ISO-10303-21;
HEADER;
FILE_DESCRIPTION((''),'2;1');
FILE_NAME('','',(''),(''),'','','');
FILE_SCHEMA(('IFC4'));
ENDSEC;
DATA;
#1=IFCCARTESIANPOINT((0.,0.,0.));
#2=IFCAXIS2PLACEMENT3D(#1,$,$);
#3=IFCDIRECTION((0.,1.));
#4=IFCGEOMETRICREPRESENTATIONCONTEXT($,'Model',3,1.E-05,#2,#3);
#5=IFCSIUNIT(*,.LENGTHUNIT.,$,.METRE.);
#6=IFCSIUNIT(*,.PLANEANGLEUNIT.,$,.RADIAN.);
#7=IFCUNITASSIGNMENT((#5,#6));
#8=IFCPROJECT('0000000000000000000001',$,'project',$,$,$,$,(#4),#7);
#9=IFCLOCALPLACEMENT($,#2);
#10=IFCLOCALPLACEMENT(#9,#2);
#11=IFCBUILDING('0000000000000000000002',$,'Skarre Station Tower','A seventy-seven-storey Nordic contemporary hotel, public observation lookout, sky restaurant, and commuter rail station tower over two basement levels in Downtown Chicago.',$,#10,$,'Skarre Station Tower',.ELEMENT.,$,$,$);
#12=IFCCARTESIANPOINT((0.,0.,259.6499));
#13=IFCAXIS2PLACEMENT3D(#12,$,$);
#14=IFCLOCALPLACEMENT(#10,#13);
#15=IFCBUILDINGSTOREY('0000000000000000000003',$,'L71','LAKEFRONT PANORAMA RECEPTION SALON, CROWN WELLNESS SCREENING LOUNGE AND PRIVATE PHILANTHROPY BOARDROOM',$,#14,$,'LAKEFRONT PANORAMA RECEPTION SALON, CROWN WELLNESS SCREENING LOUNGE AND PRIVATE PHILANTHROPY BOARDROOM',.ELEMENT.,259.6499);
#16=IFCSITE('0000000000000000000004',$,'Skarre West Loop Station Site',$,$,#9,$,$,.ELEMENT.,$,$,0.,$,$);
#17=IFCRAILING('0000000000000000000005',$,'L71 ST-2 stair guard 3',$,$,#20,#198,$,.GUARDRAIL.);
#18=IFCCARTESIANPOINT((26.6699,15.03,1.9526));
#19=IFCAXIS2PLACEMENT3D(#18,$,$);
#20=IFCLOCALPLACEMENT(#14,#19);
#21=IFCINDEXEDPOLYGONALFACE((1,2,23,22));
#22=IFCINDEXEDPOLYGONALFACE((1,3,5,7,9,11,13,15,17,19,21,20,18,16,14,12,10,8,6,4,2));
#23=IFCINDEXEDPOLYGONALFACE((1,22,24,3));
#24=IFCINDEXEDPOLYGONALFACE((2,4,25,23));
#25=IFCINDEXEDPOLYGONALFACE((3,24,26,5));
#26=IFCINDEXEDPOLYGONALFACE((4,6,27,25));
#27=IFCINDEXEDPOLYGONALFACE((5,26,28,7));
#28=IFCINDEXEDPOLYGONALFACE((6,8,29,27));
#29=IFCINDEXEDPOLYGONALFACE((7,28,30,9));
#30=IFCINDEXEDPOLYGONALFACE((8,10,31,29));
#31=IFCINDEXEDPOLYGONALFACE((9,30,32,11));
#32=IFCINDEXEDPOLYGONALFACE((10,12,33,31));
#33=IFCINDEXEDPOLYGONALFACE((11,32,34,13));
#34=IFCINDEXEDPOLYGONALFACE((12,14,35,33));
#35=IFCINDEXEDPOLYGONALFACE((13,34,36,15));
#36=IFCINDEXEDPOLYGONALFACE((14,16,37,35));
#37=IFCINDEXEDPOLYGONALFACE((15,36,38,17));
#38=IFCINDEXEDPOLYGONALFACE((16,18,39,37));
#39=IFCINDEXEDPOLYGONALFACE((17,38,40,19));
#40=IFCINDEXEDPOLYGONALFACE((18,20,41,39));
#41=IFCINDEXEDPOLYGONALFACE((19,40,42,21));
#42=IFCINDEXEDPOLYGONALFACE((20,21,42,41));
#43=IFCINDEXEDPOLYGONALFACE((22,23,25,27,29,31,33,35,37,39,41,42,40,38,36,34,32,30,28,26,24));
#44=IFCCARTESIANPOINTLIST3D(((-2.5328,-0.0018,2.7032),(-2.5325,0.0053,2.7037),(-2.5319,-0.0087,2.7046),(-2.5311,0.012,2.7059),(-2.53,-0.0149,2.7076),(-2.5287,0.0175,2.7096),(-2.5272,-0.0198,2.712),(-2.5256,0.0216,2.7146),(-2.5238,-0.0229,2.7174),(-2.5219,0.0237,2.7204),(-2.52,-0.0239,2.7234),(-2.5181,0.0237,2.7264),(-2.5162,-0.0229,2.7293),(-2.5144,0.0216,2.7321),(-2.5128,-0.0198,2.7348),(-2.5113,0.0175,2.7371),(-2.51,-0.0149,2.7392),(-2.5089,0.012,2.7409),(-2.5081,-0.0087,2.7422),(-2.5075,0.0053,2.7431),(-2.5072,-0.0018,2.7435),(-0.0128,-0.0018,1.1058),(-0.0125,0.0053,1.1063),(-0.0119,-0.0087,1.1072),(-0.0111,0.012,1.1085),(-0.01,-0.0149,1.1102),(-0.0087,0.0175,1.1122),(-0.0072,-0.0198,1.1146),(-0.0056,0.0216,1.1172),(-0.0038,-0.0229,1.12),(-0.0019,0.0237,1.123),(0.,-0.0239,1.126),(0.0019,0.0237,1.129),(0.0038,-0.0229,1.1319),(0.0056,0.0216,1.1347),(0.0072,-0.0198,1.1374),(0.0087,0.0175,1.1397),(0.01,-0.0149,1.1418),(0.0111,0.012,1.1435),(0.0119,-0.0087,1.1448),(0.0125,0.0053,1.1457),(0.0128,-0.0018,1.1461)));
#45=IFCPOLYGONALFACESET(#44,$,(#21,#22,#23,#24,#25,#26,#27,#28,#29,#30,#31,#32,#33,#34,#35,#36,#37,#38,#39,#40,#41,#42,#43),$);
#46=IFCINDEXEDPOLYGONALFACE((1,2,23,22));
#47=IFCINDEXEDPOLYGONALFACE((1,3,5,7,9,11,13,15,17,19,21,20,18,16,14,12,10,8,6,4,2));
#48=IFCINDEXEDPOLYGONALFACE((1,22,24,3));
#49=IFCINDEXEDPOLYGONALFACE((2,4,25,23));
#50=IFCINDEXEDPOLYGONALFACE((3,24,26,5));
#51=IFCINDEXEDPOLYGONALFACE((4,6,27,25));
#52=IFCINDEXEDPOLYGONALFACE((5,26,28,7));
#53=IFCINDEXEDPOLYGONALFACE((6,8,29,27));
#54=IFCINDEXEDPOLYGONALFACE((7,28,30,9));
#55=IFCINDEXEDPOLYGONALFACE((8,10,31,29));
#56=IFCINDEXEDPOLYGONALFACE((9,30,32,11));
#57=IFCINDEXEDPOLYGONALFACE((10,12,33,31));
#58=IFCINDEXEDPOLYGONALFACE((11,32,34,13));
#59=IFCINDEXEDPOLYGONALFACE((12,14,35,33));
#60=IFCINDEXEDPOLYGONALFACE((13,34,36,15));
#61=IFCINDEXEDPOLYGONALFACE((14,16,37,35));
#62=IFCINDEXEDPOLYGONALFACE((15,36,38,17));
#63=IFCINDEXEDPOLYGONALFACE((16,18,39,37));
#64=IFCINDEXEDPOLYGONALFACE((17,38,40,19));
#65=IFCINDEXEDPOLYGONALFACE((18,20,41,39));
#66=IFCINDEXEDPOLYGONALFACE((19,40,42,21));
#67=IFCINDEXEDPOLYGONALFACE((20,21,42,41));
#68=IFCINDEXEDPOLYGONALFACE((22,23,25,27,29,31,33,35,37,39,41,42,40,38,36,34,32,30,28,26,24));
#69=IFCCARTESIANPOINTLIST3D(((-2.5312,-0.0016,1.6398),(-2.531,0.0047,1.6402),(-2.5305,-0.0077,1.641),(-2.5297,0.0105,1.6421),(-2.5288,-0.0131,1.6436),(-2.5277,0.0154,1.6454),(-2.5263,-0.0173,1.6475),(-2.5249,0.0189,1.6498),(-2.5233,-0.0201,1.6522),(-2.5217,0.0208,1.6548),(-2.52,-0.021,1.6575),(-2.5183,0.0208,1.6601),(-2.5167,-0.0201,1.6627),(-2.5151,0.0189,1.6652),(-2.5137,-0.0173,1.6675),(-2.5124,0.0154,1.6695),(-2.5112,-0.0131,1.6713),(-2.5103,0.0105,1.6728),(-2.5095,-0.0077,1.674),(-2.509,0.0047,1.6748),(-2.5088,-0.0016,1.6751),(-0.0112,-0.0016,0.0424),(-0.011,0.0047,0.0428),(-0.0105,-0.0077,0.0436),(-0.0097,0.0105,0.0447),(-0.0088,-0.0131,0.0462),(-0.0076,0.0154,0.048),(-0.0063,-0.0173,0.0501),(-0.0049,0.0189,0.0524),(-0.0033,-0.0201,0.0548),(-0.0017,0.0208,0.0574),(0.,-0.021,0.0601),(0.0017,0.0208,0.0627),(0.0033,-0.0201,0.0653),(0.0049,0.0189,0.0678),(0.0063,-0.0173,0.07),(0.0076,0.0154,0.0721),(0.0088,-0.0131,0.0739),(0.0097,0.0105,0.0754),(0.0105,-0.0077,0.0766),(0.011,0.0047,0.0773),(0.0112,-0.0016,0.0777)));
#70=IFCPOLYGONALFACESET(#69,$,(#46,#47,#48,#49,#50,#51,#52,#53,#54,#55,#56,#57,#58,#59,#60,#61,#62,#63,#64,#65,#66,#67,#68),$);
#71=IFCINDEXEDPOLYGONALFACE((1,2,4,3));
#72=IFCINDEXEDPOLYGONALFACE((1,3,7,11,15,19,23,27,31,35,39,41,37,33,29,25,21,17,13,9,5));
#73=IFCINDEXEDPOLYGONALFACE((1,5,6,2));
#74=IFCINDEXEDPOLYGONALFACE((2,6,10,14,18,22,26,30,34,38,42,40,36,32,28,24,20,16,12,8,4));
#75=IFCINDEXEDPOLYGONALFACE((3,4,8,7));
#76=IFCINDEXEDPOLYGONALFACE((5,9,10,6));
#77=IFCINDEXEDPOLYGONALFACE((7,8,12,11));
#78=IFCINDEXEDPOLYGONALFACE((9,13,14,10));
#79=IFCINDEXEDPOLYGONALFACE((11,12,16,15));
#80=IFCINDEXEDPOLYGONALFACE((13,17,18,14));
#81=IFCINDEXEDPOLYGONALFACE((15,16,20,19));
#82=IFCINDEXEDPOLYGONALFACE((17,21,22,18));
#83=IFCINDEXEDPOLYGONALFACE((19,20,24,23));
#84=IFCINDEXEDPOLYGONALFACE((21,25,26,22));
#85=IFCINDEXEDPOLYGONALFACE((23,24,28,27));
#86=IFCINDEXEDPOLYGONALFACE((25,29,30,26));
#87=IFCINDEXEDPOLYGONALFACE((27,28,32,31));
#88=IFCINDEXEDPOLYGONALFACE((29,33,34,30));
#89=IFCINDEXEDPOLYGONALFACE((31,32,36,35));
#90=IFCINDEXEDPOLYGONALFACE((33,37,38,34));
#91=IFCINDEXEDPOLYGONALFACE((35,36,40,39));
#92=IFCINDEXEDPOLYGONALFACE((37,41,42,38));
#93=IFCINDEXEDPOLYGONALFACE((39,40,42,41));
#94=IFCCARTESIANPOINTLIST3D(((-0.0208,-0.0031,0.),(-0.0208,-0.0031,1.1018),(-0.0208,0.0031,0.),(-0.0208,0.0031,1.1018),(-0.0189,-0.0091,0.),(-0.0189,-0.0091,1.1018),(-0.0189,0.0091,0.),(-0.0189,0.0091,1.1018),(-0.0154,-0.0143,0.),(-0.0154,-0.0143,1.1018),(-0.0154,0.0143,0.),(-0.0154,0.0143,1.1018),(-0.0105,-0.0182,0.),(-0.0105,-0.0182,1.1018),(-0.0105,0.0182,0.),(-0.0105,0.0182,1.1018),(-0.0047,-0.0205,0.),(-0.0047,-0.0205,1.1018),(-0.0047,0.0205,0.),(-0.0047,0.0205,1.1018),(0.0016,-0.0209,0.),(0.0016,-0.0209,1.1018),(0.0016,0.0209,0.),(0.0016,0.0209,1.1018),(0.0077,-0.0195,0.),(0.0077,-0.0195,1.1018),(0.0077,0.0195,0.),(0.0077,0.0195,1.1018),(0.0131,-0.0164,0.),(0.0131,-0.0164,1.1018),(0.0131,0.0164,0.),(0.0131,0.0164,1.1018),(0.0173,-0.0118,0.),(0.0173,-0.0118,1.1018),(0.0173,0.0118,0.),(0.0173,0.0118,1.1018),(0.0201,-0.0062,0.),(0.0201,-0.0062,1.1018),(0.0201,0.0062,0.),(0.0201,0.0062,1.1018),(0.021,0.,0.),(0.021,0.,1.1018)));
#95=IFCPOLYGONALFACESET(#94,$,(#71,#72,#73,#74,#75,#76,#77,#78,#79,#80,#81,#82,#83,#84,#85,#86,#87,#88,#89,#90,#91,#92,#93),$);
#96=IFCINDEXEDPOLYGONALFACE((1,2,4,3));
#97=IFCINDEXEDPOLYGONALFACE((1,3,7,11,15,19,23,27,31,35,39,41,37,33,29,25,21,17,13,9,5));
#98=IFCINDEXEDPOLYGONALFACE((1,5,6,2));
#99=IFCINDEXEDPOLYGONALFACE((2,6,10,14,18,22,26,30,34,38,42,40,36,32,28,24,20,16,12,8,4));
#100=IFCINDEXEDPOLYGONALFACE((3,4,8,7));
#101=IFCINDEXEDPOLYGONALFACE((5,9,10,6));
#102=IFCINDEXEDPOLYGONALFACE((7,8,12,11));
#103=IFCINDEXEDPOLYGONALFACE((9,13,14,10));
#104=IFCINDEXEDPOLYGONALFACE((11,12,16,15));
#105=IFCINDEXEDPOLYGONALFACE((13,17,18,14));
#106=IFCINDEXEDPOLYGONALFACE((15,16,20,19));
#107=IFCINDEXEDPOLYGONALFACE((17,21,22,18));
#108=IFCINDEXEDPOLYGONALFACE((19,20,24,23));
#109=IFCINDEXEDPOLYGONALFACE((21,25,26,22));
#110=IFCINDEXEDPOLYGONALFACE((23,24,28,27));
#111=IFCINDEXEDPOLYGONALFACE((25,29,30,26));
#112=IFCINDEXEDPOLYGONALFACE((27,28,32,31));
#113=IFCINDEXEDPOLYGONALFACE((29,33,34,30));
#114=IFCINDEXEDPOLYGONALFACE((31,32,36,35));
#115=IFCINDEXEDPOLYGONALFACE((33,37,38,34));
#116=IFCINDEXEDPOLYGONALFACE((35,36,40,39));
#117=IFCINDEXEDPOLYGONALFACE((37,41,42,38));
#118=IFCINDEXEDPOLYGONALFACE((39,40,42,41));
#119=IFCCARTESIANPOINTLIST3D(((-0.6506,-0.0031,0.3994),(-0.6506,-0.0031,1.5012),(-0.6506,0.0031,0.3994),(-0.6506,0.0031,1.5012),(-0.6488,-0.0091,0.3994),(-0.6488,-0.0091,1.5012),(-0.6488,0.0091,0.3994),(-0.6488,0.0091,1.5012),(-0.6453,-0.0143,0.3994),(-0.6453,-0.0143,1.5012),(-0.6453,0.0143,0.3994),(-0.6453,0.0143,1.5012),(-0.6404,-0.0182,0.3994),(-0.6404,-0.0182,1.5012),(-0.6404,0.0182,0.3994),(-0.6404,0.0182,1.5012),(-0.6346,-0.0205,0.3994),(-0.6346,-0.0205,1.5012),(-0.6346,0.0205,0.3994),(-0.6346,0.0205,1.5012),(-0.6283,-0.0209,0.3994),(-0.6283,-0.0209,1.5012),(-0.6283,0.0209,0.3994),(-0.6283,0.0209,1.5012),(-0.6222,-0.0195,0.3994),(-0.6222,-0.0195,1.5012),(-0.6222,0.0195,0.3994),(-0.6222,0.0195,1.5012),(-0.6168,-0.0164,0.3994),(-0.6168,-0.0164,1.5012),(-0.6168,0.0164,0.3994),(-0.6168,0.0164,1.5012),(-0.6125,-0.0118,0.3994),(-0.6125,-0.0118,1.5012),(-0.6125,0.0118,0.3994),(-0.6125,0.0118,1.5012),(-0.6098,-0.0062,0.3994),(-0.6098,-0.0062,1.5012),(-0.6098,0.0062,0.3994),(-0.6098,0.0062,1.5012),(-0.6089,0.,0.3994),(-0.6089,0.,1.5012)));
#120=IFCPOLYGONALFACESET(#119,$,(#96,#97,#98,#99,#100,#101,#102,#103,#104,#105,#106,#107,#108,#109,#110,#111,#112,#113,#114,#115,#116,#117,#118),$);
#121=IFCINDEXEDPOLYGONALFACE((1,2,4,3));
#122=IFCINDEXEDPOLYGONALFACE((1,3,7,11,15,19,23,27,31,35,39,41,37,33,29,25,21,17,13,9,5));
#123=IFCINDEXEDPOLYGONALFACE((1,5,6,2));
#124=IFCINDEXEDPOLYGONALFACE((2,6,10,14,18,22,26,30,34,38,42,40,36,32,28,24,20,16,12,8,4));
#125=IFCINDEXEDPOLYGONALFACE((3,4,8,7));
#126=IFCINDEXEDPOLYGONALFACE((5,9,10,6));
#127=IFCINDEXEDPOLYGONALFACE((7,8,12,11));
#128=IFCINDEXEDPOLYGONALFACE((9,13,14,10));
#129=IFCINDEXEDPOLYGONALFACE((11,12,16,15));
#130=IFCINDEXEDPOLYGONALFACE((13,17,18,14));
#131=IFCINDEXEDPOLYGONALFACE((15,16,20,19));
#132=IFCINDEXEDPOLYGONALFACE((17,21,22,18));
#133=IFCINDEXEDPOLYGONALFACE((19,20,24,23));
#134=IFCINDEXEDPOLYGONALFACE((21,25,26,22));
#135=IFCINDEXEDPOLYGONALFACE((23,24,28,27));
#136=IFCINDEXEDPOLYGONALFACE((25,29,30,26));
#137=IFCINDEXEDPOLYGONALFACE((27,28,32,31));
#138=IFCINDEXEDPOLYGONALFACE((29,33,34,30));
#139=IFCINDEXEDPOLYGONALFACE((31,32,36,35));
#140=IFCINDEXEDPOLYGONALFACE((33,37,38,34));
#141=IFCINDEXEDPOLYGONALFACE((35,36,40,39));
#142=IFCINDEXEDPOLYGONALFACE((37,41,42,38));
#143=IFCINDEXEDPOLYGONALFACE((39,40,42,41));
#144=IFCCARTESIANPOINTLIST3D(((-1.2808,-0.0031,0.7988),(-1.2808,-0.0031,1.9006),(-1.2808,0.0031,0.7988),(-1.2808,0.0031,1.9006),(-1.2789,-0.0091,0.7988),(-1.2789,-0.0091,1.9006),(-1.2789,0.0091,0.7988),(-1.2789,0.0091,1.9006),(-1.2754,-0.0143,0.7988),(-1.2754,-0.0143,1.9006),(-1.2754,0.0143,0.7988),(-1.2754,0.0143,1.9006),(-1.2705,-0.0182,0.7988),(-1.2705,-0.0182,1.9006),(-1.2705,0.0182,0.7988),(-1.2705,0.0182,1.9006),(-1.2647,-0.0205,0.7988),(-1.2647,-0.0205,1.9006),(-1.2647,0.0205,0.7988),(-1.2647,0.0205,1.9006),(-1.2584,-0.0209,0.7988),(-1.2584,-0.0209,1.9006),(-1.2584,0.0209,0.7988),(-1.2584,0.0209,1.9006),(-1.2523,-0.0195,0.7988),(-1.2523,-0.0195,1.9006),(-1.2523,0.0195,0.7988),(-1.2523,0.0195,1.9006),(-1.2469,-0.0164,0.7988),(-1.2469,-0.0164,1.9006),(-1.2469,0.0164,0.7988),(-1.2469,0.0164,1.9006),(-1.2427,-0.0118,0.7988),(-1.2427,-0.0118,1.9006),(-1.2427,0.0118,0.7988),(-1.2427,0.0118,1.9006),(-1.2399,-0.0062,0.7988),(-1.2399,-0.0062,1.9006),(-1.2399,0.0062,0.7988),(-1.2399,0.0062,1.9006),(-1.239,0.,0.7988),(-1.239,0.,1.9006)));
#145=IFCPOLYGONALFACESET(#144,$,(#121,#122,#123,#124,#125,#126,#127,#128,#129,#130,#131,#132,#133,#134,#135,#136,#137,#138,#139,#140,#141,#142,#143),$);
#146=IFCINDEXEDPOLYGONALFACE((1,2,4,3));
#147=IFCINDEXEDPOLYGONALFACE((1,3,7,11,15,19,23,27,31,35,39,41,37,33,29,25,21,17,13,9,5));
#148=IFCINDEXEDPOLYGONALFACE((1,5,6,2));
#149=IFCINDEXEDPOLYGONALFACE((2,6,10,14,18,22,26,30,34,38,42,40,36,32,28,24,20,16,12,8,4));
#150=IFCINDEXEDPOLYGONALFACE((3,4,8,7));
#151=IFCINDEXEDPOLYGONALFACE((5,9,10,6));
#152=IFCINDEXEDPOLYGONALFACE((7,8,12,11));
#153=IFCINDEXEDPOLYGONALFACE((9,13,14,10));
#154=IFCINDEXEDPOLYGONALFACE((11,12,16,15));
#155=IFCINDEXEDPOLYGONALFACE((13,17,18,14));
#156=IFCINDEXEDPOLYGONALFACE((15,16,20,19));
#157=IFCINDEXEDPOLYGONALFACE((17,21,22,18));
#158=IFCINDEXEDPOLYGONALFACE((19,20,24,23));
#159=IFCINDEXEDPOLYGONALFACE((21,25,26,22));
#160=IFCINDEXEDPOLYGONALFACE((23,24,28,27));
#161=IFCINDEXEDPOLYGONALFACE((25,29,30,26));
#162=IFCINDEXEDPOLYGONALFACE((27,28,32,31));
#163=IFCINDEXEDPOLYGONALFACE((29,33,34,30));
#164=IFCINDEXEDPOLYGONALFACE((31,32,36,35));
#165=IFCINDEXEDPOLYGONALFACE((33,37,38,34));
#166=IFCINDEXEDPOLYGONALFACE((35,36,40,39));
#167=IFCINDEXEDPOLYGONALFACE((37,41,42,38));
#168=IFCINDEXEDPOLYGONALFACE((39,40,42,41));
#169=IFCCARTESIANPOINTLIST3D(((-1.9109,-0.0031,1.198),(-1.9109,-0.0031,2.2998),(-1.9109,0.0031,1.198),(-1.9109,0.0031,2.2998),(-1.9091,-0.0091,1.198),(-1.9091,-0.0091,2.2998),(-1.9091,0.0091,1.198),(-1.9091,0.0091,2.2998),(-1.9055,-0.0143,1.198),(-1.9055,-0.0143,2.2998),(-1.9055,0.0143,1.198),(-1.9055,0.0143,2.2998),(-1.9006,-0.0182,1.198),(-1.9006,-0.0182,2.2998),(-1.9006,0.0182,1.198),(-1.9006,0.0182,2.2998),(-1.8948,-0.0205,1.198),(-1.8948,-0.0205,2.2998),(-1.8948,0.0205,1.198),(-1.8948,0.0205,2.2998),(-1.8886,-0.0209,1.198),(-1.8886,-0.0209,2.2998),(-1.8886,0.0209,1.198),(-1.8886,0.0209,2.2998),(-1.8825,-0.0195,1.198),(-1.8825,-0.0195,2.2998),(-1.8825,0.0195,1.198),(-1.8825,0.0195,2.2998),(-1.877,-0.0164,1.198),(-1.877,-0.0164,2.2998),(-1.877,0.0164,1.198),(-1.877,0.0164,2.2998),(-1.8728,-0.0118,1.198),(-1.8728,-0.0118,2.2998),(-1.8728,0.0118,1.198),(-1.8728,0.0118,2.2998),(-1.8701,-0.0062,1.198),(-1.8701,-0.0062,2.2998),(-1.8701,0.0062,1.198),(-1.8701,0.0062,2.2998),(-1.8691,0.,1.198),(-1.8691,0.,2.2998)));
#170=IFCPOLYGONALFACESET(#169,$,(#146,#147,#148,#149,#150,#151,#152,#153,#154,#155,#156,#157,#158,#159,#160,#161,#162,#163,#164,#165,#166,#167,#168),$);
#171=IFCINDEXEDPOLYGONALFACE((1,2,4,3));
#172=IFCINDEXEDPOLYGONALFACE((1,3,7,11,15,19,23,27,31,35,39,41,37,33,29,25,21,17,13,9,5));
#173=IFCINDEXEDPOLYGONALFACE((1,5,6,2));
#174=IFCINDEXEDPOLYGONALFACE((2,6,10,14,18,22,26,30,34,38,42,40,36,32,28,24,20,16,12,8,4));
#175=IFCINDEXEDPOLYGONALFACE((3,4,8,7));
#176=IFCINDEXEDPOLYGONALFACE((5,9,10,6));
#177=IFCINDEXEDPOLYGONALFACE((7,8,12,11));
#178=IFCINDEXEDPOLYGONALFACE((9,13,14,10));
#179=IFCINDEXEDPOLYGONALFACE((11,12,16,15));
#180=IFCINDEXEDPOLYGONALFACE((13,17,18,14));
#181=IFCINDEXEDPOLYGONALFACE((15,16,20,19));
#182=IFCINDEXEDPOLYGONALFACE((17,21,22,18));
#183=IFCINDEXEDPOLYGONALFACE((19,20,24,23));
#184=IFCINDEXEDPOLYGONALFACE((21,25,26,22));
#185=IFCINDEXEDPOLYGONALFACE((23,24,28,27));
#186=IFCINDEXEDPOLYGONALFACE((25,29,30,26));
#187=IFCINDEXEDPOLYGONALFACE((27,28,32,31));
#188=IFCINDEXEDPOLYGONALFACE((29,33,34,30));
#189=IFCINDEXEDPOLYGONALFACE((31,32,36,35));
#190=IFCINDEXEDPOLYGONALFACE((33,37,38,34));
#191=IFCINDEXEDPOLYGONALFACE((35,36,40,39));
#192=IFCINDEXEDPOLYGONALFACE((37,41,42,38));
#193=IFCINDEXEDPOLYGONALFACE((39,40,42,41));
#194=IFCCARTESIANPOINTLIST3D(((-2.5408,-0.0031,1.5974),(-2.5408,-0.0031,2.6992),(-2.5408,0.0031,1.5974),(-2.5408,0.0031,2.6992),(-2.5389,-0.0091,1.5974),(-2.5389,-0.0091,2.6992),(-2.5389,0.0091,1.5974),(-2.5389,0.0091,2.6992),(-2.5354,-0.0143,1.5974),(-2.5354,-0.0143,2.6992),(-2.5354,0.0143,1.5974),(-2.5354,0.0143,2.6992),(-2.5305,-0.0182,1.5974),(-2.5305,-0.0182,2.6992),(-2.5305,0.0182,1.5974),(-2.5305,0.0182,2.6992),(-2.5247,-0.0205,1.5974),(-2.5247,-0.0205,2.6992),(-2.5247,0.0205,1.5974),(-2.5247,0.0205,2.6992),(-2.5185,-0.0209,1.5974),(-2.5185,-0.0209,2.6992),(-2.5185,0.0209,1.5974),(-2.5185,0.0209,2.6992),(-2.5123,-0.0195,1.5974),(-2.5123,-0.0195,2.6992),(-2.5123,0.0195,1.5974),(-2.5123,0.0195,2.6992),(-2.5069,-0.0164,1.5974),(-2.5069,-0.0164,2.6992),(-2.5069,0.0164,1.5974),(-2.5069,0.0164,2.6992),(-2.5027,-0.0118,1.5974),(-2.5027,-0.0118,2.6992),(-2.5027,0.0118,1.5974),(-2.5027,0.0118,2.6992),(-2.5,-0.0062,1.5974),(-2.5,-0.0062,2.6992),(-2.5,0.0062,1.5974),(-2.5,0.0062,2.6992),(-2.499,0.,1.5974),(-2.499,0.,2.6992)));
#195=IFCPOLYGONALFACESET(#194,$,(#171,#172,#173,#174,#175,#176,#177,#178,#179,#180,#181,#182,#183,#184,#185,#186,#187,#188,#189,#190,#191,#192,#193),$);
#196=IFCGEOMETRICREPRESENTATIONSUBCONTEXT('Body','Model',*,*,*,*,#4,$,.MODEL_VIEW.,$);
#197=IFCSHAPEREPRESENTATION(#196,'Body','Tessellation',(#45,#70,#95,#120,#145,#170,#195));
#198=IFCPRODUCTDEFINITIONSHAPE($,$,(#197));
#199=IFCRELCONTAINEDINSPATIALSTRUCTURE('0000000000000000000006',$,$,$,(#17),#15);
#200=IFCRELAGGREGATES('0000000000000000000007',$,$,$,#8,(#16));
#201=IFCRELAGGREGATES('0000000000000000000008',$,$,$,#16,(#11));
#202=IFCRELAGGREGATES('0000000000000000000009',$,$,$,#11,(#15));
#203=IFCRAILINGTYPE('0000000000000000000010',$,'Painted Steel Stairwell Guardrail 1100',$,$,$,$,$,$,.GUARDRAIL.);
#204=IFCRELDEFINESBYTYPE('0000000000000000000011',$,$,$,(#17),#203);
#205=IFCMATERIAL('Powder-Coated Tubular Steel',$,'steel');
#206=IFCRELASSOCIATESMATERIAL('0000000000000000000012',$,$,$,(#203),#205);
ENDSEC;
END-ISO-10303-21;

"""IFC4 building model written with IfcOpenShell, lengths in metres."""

from ifc_helpers import new_model, si_unit, direction, frame, origin, origin_2d, place, context, subcontext, project, spatial, circle, extrude, material, type_object, element, save


model = new_model("IFC4")

# Units and contexts
model_context = context("Model", 3, precision=1e-05, world=origin(), true_north=direction((0.0, 1.0)))
body_context = subcontext(model_context, "Body", "Model", "MODEL_VIEW")
ifc_project = project(units=[si_unit("LENGTHUNIT", "METRE"), si_unit("PLANEANGLEUNIT", "RADIAN")], contexts=[model_context])

# Site, building, storey
site_placement = place(None, origin())
site = spatial("IfcSite", under=ifc_project, at=site_placement, Name="Skarre West Loop Station Site", CompositionType="ELEMENT", RefElevation=0.0)
building_placement = place(site_placement, origin())
building = spatial("IfcBuilding", under=site, at=building_placement, Name="Skarre Station Tower", Description="A seventy-seven-storey Nordic contemporary hotel, public observation lookout, sky restaurant, and commuter rail station tower over two basement levels in Downtown Chicago.", LongName="Skarre Station Tower", CompositionType="ELEMENT")
storey_placement = place(building_placement, frame((0.0, 0.0, 259.6499)))
storey = spatial("IfcBuildingStorey", under=building, at=storey_placement, Name="L71", Description="LAKEFRONT PANORAMA RECEPTION SALON, CROWN WELLNESS SCREENING LOUNGE AND PRIVATE PHILANTHROPY BOARDROOM", LongName="LAKEFRONT PANORAMA RECEPTION SALON, CROWN WELLNESS SCREENING LOUNGE AND PRIVATE PHILANTHROPY BOARDROOM", CompositionType="ELEMENT", Elevation=259.6499)

# Railing
ifc_material_1 = material(Name="Powder-Coated Tubular Steel", Category="steel")
railing_type_1 = type_object("IfcRailingType", Name="Painted Steel Stairwell Guardrail 1100", PredefinedType="GUARDRAIL", material=ifc_material_1)
railing_1_placement = place(storey_placement, frame((26.6699, 15.03, 1.9526)))
element("IfcRailing", 1, at=railing_1_placement, inside=storey, type_object=railing_type_1, Name="L71 ST-2 stair guard 3", PredefinedType="GUARDRAIL", context=body_context, shape_type="SweptSolid", body=[
    extrude(circle(Radius=0.0239, at=origin_2d()), frame((0.0, 0.0, 1.126), z_axis=(-0.844607, 0.0, 0.535387), x_axis=(0.0, -1.0, 0.0)), (0.0, 0.0, 1.0), 2.9836),
    extrude(circle(Radius=0.021, at=origin_2d()), frame((0.0, 0.0, 0.0601), z_axis=(-0.844607, 0.0, 0.535387), x_axis=(0.0, -1.0, 0.0)), (0.0, 0.0, 1.0), 2.9836),
    extrude(circle(Radius=0.021, at=origin_2d()), origin(), (0.0, 0.0, 1.0), 1.1018),
    extrude(circle(Radius=0.021, at=origin_2d()), frame((-0.6299, 0.0, 0.3994)), (0.0, 0.0, 1.0), 1.1018),
    extrude(circle(Radius=0.021, at=origin_2d()), frame((-1.26, 0.0, 0.7988)), (0.0, 0.0, 1.0), 1.1018),
    extrude(circle(Radius=0.021, at=origin_2d()), frame((-1.8901, 0.0, 1.198)), (0.0, 0.0, 1.0), 1.1018),
    extrude(circle(Radius=0.021, at=origin_2d()), frame((-2.52, 0.0, 1.5974)), (0.0, 0.0, 1.0), 1.1018),
])

save(model, "model.ifc")
